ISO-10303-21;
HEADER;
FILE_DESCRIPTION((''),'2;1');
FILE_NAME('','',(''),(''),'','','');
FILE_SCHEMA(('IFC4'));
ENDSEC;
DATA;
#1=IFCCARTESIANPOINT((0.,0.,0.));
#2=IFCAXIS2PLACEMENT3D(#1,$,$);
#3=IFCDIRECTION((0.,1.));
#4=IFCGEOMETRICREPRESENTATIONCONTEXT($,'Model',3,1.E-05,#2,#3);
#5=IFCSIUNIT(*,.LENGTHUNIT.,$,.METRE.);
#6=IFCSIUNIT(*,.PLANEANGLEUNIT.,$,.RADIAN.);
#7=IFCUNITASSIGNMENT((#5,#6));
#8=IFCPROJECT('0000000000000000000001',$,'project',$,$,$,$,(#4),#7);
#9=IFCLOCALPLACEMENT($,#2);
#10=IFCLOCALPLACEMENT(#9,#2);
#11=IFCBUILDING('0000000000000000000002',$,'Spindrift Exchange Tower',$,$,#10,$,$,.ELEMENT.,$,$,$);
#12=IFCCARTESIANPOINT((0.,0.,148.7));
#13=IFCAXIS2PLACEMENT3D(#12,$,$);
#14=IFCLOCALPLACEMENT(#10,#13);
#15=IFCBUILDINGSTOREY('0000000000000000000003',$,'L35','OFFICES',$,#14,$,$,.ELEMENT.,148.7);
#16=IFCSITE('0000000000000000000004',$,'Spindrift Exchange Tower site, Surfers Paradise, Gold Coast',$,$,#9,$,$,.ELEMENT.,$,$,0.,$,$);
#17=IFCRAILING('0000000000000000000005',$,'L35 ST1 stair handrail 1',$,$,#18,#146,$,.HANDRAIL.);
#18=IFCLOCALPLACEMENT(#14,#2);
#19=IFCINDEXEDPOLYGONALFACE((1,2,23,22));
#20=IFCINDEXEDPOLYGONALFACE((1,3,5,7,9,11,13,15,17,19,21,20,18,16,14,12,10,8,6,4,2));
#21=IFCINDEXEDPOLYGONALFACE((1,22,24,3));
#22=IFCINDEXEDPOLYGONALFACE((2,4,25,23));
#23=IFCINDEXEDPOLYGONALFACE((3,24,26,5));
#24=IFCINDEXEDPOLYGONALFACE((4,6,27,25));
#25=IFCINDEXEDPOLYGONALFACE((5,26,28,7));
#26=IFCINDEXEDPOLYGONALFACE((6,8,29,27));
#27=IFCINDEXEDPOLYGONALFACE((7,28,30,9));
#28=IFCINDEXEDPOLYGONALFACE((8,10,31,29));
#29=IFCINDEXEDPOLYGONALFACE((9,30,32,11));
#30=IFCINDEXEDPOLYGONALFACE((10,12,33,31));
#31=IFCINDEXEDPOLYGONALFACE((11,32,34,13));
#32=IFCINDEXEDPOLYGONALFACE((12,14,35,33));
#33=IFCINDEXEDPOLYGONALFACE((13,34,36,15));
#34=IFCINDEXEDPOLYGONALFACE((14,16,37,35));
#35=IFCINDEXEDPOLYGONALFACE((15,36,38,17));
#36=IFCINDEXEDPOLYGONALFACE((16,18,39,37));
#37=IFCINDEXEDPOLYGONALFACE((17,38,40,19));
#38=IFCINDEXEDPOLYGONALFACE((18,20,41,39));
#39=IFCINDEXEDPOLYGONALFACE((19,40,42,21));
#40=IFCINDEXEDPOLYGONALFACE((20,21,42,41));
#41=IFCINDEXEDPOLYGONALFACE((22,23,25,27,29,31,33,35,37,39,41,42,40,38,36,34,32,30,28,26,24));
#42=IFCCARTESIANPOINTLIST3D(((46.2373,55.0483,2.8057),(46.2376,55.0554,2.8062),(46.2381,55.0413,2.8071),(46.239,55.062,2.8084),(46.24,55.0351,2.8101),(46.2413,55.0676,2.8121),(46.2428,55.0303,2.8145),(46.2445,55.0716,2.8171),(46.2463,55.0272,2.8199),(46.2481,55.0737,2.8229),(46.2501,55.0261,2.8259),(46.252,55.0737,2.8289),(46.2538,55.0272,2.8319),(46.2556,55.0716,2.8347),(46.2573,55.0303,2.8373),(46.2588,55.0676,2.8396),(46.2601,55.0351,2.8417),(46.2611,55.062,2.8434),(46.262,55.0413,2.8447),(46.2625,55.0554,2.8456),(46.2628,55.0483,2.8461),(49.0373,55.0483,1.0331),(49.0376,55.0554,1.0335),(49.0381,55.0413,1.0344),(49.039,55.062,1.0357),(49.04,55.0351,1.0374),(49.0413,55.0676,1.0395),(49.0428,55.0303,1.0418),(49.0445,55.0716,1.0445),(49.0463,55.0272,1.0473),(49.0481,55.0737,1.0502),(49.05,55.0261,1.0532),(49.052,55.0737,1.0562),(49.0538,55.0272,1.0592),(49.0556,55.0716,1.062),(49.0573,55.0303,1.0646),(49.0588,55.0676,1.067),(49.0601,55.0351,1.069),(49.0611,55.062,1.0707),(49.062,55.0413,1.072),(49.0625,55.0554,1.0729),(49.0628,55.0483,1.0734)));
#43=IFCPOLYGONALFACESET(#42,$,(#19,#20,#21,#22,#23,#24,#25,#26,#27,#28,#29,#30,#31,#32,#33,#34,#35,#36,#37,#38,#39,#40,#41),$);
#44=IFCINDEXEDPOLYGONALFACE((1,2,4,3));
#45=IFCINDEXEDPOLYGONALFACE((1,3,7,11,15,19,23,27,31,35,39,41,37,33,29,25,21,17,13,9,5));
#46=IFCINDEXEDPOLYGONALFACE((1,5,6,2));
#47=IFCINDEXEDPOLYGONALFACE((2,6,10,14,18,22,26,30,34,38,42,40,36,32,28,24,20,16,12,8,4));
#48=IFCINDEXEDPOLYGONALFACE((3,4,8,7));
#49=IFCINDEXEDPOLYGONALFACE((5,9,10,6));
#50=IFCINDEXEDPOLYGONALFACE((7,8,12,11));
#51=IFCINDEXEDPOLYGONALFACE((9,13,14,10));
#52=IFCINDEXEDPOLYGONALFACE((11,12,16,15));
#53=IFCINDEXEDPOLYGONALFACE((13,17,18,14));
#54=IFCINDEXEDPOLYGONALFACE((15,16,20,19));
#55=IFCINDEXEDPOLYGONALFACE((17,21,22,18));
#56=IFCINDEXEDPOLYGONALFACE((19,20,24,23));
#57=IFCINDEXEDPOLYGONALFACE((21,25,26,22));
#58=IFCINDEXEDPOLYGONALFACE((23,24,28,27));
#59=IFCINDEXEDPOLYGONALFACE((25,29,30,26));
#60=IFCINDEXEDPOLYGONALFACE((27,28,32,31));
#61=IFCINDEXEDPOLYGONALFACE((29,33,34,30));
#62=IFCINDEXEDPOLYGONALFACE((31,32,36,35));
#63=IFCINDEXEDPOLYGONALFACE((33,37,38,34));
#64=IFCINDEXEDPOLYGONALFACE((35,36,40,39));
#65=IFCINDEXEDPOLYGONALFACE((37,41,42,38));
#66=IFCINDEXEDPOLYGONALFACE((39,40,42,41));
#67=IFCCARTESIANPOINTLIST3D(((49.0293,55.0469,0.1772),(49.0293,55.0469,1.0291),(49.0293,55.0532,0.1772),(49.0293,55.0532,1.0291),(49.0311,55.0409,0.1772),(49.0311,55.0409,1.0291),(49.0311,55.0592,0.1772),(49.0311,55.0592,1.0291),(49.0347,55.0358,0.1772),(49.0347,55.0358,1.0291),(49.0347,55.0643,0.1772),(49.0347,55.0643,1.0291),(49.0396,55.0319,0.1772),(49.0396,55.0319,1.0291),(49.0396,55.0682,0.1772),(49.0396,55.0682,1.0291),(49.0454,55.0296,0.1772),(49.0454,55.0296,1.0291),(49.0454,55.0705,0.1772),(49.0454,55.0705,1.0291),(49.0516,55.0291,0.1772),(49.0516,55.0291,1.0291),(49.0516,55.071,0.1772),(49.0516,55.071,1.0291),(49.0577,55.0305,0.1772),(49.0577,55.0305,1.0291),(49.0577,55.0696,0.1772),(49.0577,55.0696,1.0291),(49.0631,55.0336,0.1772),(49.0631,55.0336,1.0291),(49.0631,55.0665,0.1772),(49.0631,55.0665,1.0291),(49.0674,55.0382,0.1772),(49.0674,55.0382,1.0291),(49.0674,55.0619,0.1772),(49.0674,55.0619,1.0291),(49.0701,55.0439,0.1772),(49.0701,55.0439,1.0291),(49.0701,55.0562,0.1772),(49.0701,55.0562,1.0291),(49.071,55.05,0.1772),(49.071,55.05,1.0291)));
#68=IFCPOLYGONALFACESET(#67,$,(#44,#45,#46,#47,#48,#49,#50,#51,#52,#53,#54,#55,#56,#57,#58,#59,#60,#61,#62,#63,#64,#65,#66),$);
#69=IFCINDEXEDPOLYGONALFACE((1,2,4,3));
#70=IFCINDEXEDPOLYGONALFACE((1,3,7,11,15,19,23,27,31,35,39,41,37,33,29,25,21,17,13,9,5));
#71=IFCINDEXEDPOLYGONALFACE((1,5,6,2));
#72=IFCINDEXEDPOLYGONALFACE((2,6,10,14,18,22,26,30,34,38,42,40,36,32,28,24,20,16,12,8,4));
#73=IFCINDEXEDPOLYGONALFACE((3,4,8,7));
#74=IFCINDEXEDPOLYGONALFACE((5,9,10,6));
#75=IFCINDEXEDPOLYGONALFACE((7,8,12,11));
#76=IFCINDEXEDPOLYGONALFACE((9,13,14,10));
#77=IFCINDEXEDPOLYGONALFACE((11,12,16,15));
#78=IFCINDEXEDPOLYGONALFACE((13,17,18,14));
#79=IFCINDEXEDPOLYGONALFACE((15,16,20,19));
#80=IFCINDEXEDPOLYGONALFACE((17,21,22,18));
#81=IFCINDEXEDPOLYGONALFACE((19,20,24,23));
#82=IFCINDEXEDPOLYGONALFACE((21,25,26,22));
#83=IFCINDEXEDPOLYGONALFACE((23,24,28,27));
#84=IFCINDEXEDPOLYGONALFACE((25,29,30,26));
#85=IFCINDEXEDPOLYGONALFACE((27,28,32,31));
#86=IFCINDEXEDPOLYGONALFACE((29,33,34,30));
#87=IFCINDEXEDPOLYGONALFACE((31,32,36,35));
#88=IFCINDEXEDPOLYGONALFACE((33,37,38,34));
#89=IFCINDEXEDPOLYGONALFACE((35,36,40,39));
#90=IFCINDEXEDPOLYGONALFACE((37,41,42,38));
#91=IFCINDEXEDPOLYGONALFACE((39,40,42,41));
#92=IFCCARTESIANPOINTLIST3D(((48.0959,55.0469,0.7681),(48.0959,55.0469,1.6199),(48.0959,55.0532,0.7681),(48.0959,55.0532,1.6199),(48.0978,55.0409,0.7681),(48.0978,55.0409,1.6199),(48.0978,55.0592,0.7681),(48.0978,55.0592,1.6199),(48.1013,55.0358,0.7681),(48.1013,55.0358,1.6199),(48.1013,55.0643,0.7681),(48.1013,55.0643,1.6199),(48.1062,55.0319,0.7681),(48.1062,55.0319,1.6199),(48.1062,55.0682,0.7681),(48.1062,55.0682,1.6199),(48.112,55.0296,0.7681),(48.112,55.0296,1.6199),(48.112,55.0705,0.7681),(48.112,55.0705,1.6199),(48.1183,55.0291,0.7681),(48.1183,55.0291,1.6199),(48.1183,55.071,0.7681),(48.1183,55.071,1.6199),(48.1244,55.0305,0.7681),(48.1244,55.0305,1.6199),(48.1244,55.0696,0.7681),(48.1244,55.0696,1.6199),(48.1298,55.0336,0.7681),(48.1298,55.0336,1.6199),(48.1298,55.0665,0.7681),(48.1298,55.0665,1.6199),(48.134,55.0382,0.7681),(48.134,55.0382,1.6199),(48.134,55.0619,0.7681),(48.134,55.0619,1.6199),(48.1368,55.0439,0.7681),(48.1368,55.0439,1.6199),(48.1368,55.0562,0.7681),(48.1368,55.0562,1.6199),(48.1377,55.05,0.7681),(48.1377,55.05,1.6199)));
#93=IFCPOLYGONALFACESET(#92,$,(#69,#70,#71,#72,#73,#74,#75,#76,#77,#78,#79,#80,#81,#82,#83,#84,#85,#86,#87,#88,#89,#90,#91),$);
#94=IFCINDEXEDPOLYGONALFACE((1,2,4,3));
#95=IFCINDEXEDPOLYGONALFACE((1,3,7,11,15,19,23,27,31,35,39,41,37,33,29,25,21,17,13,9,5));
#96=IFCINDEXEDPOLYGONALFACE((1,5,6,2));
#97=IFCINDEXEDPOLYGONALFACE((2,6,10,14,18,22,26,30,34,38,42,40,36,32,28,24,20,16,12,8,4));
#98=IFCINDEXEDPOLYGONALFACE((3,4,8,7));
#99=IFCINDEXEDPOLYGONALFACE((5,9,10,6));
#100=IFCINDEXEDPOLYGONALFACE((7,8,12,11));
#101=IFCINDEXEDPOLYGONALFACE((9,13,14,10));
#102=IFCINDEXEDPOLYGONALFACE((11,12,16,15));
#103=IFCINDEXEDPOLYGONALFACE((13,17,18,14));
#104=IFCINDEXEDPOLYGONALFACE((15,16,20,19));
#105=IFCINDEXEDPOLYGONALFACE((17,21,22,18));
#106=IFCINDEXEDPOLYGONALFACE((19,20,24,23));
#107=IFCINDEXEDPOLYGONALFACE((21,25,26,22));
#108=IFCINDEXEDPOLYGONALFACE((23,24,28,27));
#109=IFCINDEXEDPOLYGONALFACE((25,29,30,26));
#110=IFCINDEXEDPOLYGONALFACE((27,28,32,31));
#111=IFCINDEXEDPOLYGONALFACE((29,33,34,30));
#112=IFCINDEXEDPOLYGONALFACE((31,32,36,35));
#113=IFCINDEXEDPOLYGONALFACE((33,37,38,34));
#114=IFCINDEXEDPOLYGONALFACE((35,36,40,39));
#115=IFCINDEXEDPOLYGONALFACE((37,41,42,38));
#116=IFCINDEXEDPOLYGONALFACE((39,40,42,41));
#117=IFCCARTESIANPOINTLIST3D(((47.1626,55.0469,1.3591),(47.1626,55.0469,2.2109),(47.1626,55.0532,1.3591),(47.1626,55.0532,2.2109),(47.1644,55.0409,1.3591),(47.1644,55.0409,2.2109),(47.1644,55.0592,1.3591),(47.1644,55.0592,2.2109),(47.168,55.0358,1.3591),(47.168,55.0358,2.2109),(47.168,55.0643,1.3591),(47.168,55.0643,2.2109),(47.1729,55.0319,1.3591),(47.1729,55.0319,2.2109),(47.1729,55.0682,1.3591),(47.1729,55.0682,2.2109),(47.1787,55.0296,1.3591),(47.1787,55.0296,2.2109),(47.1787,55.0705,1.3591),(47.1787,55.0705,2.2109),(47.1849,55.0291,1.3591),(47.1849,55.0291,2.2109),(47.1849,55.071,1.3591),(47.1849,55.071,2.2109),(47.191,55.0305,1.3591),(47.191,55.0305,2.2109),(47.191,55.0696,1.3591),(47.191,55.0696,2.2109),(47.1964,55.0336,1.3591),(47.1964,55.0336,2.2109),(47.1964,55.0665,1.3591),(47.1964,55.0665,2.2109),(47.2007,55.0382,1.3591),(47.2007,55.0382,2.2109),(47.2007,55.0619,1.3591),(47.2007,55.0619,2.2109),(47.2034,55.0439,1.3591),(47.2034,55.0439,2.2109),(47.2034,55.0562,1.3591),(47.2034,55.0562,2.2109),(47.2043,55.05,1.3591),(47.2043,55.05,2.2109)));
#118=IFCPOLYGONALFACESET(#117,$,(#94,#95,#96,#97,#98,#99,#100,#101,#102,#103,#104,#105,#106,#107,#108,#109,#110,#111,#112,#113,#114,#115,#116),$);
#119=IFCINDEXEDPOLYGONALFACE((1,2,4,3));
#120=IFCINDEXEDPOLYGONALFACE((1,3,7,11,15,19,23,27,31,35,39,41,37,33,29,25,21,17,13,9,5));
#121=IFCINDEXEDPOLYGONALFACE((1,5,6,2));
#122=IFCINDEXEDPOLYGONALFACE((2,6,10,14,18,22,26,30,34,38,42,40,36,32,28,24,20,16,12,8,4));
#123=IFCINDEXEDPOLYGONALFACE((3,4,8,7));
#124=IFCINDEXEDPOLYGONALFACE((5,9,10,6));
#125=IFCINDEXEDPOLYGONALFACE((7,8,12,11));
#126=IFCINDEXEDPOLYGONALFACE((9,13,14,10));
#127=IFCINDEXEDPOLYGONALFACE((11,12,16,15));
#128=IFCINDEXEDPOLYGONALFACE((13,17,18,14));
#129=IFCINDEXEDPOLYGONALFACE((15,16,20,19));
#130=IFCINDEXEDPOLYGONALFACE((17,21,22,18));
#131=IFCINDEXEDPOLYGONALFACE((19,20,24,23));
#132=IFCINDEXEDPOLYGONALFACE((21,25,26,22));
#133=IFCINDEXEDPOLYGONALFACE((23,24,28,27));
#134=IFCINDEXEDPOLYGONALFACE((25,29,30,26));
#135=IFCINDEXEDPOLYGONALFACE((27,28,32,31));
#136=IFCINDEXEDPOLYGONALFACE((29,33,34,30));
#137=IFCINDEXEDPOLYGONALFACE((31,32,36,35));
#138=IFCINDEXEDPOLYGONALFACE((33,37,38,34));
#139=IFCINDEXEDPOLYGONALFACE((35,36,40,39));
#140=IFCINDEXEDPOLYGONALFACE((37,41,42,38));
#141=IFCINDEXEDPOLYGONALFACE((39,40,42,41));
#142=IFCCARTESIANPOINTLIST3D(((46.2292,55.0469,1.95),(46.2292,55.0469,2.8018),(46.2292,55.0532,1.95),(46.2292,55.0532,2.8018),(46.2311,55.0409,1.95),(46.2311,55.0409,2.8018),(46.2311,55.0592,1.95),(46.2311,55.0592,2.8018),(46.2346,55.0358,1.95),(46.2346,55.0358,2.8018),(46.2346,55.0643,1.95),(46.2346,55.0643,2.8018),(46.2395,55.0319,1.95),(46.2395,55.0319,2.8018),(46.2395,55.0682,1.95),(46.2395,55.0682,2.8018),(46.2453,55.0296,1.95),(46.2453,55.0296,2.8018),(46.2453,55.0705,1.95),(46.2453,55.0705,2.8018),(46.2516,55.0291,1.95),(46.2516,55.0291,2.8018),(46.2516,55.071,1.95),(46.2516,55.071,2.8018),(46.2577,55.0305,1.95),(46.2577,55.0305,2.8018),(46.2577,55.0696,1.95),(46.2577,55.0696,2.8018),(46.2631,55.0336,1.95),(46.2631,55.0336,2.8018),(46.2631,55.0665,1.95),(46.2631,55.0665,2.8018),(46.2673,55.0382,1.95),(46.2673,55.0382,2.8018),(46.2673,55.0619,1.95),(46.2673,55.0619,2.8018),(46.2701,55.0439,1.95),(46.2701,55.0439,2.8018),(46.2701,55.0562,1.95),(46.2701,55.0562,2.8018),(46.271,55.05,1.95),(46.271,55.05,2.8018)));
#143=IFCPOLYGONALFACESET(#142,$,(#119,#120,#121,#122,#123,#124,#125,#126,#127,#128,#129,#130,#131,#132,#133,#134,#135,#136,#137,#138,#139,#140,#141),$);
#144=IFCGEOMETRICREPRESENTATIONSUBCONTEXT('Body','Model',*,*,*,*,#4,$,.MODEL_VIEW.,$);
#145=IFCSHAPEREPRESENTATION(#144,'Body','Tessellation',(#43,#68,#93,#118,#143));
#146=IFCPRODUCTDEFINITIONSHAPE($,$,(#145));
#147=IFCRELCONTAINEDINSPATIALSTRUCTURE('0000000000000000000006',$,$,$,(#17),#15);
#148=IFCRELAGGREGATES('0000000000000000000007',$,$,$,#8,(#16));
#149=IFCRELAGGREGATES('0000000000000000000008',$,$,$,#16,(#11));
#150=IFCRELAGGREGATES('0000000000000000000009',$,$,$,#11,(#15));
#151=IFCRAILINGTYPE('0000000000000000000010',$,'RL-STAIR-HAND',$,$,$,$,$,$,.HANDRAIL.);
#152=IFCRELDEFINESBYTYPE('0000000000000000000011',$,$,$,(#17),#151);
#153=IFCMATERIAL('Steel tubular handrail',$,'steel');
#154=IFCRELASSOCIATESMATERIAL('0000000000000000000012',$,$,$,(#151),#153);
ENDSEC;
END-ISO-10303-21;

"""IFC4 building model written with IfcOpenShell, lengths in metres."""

from ifc_helpers import new_model, si_unit, direction, frame, origin, origin_2d, place, context, subcontext, project, spatial, circle, extrude, material, type_object, element, save


model = new_model("IFC4")

# Units and contexts
model_context = context("Model", 3, precision=1e-05, world=origin(), true_north=direction((0.0, 1.0)))
body_context = subcontext(model_context, "Body", "Model", "MODEL_VIEW")
ifc_project = project(units=[si_unit("LENGTHUNIT", "METRE"), si_unit("PLANEANGLEUNIT", "RADIAN")], contexts=[model_context])

# Site, building, storey
site_placement = place(None, origin())
site = spatial("IfcSite", under=ifc_project, at=site_placement, Name="Spindrift Exchange Tower site, Surfers Paradise, Gold Coast", CompositionType="ELEMENT", RefElevation=0.0)
building_placement = place(site_placement, origin())
building = spatial("IfcBuilding", under=site, at=building_placement, Name="Spindrift Exchange Tower", CompositionType="ELEMENT")
storey_placement = place(building_placement, frame((0.0, 0.0, 148.7)))
storey = spatial("IfcBuildingStorey", under=building, at=storey_placement, Name="L35", Description="OFFICES", CompositionType="ELEMENT", Elevation=148.7)

# Railing
ifc_material_1 = material(Name="Steel tubular handrail", Category="steel")
railing_type_1 = type_object("IfcRailingType", Name="RL-STAIR-HAND", PredefinedType="HANDRAIL", material=ifc_material_1)
railing_1_placement = place(storey_placement, frame((49.05, 55.05, 0.1772)))
element("IfcRailing", 1, at=railing_1_placement, inside=storey, type_object=railing_type_1, Name="L35 ST1 stair handrail 1", PredefinedType="HANDRAIL", context=body_context, shape_type="SweptSolid", body=[
    extrude(circle(Radius=0.0239, at=origin_2d()), frame((0.0, 0.0, 0.876), z_axis=(-0.844909, 0.0, 0.53491), x_axis=(0.0, -1.0, 0.0)), (0.0, 0.0, 1.0), 3.314),
    extrude(circle(Radius=0.021, at=origin_2d()), origin(), (0.0, 0.0, 1.0), 0.8518),
    extrude(circle(Radius=0.021, at=origin_2d()), frame((-0.9333, 0.0, 0.5908)), (0.0, 0.0, 1.0), 0.8518),
    extrude(circle(Radius=0.021, at=origin_2d()), frame((-1.8667, 0.0, 1.1819)), (0.0, 0.0, 1.0), 0.8518),
    extrude(circle(Radius=0.021, at=origin_2d()), frame((-2.8, 0.0, 1.7727)), (0.0, 0.0, 1.0), 0.8518),
])

save(model, "model.ifc")
